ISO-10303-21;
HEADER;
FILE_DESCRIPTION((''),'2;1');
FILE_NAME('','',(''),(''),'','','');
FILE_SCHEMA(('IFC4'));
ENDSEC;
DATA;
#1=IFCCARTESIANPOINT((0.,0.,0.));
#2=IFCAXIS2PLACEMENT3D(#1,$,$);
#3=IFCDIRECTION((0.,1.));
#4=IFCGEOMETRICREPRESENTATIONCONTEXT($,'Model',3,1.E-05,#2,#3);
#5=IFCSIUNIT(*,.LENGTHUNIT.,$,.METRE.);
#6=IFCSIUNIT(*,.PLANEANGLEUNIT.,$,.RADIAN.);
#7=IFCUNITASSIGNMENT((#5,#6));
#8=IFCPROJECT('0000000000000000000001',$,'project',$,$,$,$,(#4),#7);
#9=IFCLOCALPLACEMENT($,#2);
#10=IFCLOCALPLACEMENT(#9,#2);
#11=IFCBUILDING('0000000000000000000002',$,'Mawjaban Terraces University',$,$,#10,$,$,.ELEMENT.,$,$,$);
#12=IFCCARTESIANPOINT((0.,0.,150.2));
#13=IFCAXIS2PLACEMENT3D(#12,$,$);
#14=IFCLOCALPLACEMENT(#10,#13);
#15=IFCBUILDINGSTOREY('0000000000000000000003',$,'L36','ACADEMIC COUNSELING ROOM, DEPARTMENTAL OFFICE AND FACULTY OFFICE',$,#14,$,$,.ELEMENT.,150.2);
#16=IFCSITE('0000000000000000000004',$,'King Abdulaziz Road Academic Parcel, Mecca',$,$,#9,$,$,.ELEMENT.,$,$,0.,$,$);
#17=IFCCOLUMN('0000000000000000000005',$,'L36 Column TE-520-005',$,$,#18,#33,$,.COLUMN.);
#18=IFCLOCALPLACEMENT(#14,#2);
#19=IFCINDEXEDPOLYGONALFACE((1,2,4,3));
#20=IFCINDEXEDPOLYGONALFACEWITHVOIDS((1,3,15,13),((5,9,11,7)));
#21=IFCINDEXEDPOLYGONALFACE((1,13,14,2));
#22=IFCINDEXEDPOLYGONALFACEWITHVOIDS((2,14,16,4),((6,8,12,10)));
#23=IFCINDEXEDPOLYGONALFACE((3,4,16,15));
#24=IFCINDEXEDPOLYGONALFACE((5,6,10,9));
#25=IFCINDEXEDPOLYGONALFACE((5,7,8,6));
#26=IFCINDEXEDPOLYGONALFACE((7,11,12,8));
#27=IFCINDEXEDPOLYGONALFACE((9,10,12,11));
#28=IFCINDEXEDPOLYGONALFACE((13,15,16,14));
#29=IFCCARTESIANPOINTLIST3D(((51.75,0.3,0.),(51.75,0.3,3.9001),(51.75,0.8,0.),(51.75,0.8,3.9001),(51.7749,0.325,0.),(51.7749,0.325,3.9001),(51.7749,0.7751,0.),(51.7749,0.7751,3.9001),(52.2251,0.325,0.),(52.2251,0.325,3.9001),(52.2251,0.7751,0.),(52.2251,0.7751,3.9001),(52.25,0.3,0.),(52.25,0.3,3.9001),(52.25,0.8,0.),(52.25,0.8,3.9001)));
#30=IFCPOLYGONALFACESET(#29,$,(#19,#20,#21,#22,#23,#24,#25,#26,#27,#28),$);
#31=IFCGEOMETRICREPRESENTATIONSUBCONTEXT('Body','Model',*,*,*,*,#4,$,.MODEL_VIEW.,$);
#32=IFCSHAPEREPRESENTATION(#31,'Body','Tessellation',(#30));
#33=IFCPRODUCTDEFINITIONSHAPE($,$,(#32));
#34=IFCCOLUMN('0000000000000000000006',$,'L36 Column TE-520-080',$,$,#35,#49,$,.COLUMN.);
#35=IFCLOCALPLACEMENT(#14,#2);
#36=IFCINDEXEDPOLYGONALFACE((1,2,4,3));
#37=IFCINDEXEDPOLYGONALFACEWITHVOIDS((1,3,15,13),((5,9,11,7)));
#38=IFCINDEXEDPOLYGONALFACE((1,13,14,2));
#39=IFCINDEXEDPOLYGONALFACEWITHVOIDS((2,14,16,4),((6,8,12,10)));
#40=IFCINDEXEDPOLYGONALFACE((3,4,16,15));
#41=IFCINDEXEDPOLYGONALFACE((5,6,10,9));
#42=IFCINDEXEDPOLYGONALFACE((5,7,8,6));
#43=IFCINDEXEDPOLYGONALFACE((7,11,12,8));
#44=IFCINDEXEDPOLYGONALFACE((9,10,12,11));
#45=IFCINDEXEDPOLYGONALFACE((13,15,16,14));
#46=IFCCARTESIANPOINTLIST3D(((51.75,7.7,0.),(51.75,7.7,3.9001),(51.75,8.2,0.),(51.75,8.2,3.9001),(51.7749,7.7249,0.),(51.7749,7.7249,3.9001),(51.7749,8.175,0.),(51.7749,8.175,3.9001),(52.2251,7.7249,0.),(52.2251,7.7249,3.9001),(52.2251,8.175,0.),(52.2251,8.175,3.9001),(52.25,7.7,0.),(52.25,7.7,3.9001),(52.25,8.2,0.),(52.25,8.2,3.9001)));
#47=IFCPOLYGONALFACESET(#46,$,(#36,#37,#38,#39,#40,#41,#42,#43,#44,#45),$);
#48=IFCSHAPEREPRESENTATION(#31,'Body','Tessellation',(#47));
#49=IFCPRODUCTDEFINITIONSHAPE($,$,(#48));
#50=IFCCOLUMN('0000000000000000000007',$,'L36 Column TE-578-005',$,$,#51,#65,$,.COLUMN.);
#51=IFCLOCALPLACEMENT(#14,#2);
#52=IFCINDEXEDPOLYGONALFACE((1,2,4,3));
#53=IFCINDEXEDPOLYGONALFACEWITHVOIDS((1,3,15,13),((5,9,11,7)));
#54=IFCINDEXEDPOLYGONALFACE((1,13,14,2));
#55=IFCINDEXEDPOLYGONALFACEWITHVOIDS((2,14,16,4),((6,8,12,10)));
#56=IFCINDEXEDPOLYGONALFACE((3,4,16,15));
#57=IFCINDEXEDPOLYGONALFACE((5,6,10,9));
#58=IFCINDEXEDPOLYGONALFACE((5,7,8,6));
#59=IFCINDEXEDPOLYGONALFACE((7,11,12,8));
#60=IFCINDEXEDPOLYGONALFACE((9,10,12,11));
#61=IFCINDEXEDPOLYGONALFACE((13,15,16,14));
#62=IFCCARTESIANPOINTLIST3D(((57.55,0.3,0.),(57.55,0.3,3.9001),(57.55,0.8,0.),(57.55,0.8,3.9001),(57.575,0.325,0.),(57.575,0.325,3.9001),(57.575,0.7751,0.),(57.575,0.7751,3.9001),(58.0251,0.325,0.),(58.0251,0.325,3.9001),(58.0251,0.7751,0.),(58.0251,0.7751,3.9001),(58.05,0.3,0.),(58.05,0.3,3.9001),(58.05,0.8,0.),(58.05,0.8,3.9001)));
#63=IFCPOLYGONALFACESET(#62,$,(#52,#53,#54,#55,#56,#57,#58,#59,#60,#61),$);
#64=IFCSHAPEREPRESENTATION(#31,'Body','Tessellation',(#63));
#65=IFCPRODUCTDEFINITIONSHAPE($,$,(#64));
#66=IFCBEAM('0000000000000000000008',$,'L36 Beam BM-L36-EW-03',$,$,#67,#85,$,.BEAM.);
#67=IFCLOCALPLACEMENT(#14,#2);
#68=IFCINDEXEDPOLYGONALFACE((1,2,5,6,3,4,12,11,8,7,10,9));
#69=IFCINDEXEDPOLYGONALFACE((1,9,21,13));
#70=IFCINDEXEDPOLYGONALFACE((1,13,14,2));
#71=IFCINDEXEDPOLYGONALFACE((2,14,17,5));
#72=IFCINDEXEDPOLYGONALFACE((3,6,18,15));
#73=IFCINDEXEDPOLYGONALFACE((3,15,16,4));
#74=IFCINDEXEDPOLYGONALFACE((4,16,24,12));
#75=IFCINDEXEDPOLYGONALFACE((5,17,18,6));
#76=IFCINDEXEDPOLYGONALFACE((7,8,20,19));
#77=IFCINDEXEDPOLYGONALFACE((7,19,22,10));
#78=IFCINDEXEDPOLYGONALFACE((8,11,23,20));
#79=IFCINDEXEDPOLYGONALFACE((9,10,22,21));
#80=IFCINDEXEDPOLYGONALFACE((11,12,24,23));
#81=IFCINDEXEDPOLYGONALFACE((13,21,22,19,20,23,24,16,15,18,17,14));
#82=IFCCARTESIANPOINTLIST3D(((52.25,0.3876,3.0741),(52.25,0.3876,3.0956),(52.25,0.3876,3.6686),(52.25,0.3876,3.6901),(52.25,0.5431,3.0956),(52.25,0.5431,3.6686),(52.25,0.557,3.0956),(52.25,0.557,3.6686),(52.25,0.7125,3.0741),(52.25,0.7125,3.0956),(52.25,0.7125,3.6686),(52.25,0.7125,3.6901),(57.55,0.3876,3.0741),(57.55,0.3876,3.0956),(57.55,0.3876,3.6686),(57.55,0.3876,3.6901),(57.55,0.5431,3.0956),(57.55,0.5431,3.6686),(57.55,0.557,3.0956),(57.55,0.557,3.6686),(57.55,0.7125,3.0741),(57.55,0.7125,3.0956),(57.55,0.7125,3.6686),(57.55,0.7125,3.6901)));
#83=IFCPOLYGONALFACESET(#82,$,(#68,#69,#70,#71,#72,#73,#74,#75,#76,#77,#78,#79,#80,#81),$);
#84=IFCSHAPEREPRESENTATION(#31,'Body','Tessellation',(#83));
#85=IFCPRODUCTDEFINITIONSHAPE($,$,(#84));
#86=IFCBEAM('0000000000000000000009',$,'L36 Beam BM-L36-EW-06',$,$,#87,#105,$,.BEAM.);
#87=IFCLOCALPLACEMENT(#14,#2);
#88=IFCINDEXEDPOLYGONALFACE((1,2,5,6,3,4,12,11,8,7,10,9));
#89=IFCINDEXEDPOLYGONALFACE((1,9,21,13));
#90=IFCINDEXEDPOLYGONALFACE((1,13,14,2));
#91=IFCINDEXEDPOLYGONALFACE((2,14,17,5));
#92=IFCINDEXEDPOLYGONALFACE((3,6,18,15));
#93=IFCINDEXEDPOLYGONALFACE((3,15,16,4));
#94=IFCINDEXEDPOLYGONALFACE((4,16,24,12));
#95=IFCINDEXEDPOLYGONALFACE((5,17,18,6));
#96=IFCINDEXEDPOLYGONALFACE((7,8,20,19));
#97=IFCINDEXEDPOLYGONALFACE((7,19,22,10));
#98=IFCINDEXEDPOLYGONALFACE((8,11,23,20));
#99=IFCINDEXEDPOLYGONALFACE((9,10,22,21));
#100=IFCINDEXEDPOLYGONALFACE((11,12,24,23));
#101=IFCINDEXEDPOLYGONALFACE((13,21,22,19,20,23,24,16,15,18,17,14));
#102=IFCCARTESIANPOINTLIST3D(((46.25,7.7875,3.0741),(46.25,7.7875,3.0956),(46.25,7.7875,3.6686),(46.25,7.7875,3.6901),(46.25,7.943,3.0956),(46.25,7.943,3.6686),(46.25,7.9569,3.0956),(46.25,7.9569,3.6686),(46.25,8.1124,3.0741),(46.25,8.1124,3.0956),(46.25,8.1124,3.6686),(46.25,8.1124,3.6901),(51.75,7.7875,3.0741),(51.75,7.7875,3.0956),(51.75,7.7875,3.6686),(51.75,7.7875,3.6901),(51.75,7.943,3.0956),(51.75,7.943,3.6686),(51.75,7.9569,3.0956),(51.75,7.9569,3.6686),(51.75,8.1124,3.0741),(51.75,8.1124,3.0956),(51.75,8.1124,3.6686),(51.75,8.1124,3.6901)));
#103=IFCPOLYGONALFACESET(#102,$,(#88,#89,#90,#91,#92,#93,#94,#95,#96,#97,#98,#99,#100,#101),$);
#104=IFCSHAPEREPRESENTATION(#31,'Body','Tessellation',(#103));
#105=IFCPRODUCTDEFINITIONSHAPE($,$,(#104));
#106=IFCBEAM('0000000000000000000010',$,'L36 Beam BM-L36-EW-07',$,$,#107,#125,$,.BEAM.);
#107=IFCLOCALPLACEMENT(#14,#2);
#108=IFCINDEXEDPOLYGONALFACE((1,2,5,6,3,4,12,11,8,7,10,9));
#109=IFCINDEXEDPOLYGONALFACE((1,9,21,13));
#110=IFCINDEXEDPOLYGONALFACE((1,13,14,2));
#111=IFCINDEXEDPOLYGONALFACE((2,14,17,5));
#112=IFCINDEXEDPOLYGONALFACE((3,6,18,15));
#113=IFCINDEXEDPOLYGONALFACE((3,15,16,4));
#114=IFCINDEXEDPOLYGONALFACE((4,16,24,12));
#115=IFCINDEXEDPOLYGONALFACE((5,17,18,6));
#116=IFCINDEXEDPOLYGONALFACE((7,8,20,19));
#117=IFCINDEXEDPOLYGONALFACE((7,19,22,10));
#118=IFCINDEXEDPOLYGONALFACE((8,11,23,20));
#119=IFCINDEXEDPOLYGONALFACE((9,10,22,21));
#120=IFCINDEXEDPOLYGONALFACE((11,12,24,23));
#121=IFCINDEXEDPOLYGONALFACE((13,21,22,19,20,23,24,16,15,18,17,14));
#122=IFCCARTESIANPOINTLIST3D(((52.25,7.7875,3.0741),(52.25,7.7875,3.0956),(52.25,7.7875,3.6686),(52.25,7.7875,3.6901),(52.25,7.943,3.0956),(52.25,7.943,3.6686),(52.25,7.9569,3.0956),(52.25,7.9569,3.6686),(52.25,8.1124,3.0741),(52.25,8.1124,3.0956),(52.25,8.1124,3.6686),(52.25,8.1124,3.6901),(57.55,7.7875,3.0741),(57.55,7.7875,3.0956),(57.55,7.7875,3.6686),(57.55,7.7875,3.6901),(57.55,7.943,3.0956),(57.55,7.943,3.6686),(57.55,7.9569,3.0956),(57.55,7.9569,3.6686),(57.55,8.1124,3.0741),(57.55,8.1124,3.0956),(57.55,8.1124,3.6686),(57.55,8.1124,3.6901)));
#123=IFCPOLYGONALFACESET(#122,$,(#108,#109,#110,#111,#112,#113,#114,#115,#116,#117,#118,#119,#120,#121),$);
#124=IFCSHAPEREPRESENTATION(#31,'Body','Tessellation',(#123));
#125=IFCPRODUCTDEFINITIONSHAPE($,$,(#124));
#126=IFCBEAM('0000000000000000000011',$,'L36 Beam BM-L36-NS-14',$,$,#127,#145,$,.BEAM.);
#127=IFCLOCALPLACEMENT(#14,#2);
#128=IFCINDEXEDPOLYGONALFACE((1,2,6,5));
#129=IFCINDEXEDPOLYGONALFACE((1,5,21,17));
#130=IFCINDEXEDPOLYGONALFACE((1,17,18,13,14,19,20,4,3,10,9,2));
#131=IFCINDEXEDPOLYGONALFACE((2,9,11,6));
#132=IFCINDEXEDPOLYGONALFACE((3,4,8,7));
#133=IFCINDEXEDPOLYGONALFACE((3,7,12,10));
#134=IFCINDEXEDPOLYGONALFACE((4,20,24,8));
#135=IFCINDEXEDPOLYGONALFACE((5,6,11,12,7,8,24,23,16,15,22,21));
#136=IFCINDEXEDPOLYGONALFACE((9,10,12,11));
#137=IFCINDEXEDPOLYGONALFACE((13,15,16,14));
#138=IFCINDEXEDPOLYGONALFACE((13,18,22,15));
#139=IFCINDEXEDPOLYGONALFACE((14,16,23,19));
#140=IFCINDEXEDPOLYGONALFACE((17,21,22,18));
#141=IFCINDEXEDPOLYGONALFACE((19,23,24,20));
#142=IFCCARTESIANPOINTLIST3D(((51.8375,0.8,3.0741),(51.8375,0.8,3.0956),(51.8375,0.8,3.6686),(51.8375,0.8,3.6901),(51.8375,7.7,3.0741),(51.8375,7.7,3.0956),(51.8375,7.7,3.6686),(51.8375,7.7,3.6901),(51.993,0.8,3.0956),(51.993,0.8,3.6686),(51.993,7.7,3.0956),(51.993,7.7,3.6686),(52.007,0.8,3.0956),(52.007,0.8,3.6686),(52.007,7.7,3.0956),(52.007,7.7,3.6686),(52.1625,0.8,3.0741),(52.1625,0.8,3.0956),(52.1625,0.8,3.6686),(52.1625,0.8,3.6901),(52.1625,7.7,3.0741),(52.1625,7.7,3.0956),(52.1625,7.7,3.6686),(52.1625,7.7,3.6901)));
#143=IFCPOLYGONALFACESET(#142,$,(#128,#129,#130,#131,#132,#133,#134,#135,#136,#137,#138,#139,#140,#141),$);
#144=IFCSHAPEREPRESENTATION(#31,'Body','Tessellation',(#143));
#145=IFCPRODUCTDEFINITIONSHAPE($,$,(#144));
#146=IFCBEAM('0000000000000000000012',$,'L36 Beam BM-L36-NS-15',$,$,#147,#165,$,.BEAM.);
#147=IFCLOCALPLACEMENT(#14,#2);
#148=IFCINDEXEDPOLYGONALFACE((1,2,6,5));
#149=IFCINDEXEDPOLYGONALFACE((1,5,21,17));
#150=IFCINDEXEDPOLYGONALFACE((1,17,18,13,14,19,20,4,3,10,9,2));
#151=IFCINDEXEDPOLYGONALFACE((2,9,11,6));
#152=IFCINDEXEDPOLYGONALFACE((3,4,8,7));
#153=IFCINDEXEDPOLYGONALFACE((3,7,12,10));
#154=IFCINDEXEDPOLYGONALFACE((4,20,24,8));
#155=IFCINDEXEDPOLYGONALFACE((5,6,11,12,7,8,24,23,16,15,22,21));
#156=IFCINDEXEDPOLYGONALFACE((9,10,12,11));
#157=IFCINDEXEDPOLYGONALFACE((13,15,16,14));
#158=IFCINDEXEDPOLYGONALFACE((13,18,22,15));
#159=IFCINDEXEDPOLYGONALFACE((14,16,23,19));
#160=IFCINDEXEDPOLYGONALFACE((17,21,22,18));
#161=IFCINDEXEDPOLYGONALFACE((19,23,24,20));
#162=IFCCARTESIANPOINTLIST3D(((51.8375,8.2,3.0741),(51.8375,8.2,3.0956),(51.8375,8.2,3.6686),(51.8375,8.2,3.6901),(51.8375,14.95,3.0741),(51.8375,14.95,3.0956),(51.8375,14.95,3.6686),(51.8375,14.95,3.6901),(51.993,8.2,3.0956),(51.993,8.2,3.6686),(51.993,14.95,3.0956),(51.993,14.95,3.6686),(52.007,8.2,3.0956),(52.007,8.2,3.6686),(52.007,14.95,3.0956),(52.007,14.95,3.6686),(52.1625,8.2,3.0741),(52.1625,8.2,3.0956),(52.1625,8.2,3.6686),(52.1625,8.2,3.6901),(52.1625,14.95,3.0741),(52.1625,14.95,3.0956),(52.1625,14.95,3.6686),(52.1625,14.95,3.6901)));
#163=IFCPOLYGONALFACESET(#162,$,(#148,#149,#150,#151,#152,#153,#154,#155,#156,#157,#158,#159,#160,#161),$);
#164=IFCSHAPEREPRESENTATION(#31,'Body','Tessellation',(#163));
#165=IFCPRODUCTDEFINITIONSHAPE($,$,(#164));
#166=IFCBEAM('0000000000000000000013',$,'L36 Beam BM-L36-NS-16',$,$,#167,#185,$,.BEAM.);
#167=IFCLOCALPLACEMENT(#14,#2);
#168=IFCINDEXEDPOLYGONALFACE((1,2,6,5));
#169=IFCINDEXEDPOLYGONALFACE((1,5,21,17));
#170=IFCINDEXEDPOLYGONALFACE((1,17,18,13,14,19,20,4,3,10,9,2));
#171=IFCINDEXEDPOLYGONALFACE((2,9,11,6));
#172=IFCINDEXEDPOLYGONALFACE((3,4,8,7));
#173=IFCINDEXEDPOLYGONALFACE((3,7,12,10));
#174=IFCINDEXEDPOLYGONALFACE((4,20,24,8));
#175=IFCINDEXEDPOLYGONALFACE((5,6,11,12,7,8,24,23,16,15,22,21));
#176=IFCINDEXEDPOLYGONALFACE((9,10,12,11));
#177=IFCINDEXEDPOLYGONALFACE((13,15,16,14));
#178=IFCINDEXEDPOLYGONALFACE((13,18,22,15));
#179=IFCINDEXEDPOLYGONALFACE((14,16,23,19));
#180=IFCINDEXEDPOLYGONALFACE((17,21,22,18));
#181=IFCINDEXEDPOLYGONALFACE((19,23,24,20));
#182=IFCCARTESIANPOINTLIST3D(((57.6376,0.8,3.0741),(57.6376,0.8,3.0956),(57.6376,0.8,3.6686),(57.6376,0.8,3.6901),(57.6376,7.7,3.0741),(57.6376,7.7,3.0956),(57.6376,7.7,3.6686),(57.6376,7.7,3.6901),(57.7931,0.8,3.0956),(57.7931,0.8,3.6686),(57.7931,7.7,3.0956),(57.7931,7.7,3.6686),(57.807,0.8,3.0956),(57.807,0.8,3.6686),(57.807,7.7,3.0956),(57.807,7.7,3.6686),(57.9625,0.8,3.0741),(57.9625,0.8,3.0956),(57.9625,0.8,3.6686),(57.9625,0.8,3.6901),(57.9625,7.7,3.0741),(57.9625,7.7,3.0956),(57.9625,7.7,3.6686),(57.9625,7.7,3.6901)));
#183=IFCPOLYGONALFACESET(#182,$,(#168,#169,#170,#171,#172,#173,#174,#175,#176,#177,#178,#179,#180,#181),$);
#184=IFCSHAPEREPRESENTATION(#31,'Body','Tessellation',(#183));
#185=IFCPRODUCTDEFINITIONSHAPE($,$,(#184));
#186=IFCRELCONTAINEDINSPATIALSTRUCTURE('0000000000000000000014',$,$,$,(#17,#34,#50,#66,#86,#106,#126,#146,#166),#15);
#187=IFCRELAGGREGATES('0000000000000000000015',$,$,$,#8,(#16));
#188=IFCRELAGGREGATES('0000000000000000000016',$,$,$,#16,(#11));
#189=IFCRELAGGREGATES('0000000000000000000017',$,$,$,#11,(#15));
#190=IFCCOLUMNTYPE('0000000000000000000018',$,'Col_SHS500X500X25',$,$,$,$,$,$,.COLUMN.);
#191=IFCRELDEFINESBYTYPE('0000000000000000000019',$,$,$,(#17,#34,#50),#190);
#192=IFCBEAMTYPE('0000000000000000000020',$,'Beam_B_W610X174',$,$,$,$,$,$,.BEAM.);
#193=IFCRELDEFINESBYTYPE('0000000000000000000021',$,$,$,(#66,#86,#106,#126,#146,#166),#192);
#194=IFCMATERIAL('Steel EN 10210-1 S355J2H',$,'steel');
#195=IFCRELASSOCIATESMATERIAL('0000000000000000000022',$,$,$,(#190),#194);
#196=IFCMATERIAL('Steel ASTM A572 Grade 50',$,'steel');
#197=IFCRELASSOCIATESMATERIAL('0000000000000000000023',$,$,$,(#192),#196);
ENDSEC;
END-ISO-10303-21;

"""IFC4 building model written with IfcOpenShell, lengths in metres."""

from ifc_helpers import new_model, si_unit, direction, frame, origin, origin_2d, place, context, subcontext, project, spatial, hollow_rectangle, i_section, extrude, material, material_profile, profile_set, type_object, element, save


model = new_model("IFC4")

# Units and contexts
model_context = context("Model", 3, precision=1e-05, world=origin(), true_north=direction((0.0, 1.0)))
body_context = subcontext(model_context, "Body", "Model", "MODEL_VIEW")
ifc_project = project(units=[si_unit("LENGTHUNIT", "METRE"), si_unit("PLANEANGLEUNIT", "RADIAN")], contexts=[model_context])

# Site, building, storey
site_placement = place(None, origin())
site = spatial("IfcSite", under=ifc_project, at=site_placement, Name="King Abdulaziz Road Academic Parcel, Mecca", CompositionType="ELEMENT", RefElevation=0.0)
building_placement = place(site_placement, origin())
building = spatial("IfcBuilding", under=site, at=building_placement, Name="Mawjaban Terraces University", CompositionType="ELEMENT")
storey_placement = place(building_placement, frame((0.0, 0.0, 150.2)))
storey = spatial("IfcBuildingStorey", under=building, at=storey_placement, Name="L36", Description="ACADEMIC COUNSELING ROOM, DEPARTMENTAL OFFICE AND FACULTY OFFICE", CompositionType="ELEMENT", Elevation=150.2)

# Columns
ifc_material_1 = material(Name="Steel EN 10210-1 S355J2H", Category="steel")
ifc_material_profile_1 = material_profile(ifc_material_1, hollow_rectangle(XDim=0.5, YDim=0.5, WallThickness=0.0249, at=origin_2d()), Name="SHS500X500X25")
ifc_profile_set_1 = profile_set([ifc_material_profile_1], Name="Steel EN 10210-1 S355J2H")
column_type = type_object("IfcColumnType", Name="Col_SHS500X500X25", PredefinedType="COLUMN", material=ifc_profile_set_1)
for number, where, z_axis, x_axis, name in (
    (1, (52.0, 0.55, 0.0), (0.0, 0.0, 1.0), (1.0, 0.0, 0.0), "L36 Column TE-520-005"),
    (2, (52.0, 7.95, 0.0), (0.0, 0.0, 1.0), (1.0, 0.0, 0.0), "L36 Column TE-520-080"),
    (3, (57.8, 0.55, 0.0), (0.0, 0.0, 1.0), (1.0, 0.0, 0.0), "L36 Column TE-578-005"),
):
    element("IfcColumn", number, at=place(storey_placement, frame(where, z_axis=z_axis, x_axis=x_axis)), inside=storey, type_object=column_type, Name=name, PredefinedType="COLUMN", context=body_context, shape_type="SweptSolid", body=[
        extrude(hollow_rectangle(XDim=0.5, YDim=0.5, WallThickness=0.0249, at=origin_2d()), origin(), (0.0, 0.0, 1.0), 3.9001),
    ])

# Beams
ifc_material_2 = material(Name="Steel ASTM A572 Grade 50", Category="steel")
ifc_material_profile_2 = material_profile(ifc_material_2, i_section(OverallWidth=0.325, OverallDepth=0.616, WebThickness=0.0139, FlangeThickness=0.0215, at=origin_2d()), Name="W610X174")
ifc_profile_set_2 = profile_set([ifc_material_profile_2], Name="Steel ASTM A572 Grade 50")
beam_type_1 = type_object("IfcBeamType", Name="Beam_B_W610X174", PredefinedType="BEAM", material=ifc_profile_set_2)
beam_1_placement = place(storey_placement, frame((52.25, 0.55, 3.3821), z_axis=(1.0, 0.0, 0.0), x_axis=(0.0, 1.0, 0.0)))
element("IfcBeam", 4, at=beam_1_placement, inside=storey, type_object=beam_type_1, Name="L36 Beam BM-L36-EW-03", PredefinedType="BEAM", context=body_context, shape_type="SweptSolid", body=[
    extrude(i_section(OverallWidth=0.325, OverallDepth=0.616, WebThickness=0.0139, FlangeThickness=0.0215, at=origin_2d()), origin(), (0.0, 0.0, 1.0), 5.3),
])
beam_2_placement = place(storey_placement, frame((46.25, 7.95, 3.3821), z_axis=(1.0, 0.0, 0.0), x_axis=(0.0, 1.0, 0.0)))
element("IfcBeam", 5, at=beam_2_placement, inside=storey, type_object=beam_type_1, Name="L36 Beam BM-L36-EW-06", PredefinedType="BEAM", context=body_context, shape_type="SweptSolid", body=[
    extrude(i_section(OverallWidth=0.325, OverallDepth=0.616, WebThickness=0.0139, FlangeThickness=0.0215, at=origin_2d()), origin(), (0.0, 0.0, 1.0), 5.5),
])
beam_3_placement = place(storey_placement, frame((52.25, 7.95, 3.3821), z_axis=(1.0, 0.0, 0.0), x_axis=(0.0, 1.0, 0.0)))
element("IfcBeam", 6, at=beam_3_placement, inside=storey, type_object=beam_type_1, Name="L36 Beam BM-L36-EW-07", PredefinedType="BEAM", context=body_context, shape_type="SweptSolid", body=[
    extrude(i_section(OverallWidth=0.325, OverallDepth=0.616, WebThickness=0.0139, FlangeThickness=0.0215, at=origin_2d()), origin(), (0.0, 0.0, 1.0), 5.3),
])
beam_4_placement = place(storey_placement, frame((52.0, 0.8, 3.3821), z_axis=(0.0, 1.0, 0.0), x_axis=(-1.0, 0.0, 0.0)))
element("IfcBeam", 7, at=beam_4_placement, inside=storey, type_object=beam_type_1, Name="L36 Beam BM-L36-NS-14", PredefinedType="BEAM", context=body_context, shape_type="SweptSolid", body=[
    extrude(i_section(OverallWidth=0.325, OverallDepth=0.616, WebThickness=0.0139, FlangeThickness=0.0215, at=origin_2d()), origin(), (0.0, 0.0, 1.0), 6.8999),
])
beam_5_placement = place(storey_placement, frame((52.0, 8.2, 3.3821), z_axis=(0.0, 1.0, 0.0), x_axis=(-1.0, 0.0, 0.0)))
element("IfcBeam", 8, at=beam_5_placement, inside=storey, type_object=beam_type_1, Name="L36 Beam BM-L36-NS-15", PredefinedType="BEAM", context=body_context, shape_type="SweptSolid", body=[
    extrude(i_section(OverallWidth=0.325, OverallDepth=0.616, WebThickness=0.0139, FlangeThickness=0.0215, at=origin_2d()), origin(), (0.0, 0.0, 1.0), 6.75),
])
beam_6_placement = place(storey_placement, frame((57.8, 0.8, 3.3821), z_axis=(0.0, 1.0, 0.0), x_axis=(-1.0, 0.0, 0.0)))
element("IfcBeam", 9, at=beam_6_placement, inside=storey, type_object=beam_type_1, Name="L36 Beam BM-L36-NS-16", PredefinedType="BEAM", context=body_context, shape_type="SweptSolid", body=[
    extrude(i_section(OverallWidth=0.325, OverallDepth=0.616, WebThickness=0.0139, FlangeThickness=0.0215, at=origin_2d()), origin(), (0.0, 0.0, 1.0), 6.8999),
])

save(model, "model.ifc")
